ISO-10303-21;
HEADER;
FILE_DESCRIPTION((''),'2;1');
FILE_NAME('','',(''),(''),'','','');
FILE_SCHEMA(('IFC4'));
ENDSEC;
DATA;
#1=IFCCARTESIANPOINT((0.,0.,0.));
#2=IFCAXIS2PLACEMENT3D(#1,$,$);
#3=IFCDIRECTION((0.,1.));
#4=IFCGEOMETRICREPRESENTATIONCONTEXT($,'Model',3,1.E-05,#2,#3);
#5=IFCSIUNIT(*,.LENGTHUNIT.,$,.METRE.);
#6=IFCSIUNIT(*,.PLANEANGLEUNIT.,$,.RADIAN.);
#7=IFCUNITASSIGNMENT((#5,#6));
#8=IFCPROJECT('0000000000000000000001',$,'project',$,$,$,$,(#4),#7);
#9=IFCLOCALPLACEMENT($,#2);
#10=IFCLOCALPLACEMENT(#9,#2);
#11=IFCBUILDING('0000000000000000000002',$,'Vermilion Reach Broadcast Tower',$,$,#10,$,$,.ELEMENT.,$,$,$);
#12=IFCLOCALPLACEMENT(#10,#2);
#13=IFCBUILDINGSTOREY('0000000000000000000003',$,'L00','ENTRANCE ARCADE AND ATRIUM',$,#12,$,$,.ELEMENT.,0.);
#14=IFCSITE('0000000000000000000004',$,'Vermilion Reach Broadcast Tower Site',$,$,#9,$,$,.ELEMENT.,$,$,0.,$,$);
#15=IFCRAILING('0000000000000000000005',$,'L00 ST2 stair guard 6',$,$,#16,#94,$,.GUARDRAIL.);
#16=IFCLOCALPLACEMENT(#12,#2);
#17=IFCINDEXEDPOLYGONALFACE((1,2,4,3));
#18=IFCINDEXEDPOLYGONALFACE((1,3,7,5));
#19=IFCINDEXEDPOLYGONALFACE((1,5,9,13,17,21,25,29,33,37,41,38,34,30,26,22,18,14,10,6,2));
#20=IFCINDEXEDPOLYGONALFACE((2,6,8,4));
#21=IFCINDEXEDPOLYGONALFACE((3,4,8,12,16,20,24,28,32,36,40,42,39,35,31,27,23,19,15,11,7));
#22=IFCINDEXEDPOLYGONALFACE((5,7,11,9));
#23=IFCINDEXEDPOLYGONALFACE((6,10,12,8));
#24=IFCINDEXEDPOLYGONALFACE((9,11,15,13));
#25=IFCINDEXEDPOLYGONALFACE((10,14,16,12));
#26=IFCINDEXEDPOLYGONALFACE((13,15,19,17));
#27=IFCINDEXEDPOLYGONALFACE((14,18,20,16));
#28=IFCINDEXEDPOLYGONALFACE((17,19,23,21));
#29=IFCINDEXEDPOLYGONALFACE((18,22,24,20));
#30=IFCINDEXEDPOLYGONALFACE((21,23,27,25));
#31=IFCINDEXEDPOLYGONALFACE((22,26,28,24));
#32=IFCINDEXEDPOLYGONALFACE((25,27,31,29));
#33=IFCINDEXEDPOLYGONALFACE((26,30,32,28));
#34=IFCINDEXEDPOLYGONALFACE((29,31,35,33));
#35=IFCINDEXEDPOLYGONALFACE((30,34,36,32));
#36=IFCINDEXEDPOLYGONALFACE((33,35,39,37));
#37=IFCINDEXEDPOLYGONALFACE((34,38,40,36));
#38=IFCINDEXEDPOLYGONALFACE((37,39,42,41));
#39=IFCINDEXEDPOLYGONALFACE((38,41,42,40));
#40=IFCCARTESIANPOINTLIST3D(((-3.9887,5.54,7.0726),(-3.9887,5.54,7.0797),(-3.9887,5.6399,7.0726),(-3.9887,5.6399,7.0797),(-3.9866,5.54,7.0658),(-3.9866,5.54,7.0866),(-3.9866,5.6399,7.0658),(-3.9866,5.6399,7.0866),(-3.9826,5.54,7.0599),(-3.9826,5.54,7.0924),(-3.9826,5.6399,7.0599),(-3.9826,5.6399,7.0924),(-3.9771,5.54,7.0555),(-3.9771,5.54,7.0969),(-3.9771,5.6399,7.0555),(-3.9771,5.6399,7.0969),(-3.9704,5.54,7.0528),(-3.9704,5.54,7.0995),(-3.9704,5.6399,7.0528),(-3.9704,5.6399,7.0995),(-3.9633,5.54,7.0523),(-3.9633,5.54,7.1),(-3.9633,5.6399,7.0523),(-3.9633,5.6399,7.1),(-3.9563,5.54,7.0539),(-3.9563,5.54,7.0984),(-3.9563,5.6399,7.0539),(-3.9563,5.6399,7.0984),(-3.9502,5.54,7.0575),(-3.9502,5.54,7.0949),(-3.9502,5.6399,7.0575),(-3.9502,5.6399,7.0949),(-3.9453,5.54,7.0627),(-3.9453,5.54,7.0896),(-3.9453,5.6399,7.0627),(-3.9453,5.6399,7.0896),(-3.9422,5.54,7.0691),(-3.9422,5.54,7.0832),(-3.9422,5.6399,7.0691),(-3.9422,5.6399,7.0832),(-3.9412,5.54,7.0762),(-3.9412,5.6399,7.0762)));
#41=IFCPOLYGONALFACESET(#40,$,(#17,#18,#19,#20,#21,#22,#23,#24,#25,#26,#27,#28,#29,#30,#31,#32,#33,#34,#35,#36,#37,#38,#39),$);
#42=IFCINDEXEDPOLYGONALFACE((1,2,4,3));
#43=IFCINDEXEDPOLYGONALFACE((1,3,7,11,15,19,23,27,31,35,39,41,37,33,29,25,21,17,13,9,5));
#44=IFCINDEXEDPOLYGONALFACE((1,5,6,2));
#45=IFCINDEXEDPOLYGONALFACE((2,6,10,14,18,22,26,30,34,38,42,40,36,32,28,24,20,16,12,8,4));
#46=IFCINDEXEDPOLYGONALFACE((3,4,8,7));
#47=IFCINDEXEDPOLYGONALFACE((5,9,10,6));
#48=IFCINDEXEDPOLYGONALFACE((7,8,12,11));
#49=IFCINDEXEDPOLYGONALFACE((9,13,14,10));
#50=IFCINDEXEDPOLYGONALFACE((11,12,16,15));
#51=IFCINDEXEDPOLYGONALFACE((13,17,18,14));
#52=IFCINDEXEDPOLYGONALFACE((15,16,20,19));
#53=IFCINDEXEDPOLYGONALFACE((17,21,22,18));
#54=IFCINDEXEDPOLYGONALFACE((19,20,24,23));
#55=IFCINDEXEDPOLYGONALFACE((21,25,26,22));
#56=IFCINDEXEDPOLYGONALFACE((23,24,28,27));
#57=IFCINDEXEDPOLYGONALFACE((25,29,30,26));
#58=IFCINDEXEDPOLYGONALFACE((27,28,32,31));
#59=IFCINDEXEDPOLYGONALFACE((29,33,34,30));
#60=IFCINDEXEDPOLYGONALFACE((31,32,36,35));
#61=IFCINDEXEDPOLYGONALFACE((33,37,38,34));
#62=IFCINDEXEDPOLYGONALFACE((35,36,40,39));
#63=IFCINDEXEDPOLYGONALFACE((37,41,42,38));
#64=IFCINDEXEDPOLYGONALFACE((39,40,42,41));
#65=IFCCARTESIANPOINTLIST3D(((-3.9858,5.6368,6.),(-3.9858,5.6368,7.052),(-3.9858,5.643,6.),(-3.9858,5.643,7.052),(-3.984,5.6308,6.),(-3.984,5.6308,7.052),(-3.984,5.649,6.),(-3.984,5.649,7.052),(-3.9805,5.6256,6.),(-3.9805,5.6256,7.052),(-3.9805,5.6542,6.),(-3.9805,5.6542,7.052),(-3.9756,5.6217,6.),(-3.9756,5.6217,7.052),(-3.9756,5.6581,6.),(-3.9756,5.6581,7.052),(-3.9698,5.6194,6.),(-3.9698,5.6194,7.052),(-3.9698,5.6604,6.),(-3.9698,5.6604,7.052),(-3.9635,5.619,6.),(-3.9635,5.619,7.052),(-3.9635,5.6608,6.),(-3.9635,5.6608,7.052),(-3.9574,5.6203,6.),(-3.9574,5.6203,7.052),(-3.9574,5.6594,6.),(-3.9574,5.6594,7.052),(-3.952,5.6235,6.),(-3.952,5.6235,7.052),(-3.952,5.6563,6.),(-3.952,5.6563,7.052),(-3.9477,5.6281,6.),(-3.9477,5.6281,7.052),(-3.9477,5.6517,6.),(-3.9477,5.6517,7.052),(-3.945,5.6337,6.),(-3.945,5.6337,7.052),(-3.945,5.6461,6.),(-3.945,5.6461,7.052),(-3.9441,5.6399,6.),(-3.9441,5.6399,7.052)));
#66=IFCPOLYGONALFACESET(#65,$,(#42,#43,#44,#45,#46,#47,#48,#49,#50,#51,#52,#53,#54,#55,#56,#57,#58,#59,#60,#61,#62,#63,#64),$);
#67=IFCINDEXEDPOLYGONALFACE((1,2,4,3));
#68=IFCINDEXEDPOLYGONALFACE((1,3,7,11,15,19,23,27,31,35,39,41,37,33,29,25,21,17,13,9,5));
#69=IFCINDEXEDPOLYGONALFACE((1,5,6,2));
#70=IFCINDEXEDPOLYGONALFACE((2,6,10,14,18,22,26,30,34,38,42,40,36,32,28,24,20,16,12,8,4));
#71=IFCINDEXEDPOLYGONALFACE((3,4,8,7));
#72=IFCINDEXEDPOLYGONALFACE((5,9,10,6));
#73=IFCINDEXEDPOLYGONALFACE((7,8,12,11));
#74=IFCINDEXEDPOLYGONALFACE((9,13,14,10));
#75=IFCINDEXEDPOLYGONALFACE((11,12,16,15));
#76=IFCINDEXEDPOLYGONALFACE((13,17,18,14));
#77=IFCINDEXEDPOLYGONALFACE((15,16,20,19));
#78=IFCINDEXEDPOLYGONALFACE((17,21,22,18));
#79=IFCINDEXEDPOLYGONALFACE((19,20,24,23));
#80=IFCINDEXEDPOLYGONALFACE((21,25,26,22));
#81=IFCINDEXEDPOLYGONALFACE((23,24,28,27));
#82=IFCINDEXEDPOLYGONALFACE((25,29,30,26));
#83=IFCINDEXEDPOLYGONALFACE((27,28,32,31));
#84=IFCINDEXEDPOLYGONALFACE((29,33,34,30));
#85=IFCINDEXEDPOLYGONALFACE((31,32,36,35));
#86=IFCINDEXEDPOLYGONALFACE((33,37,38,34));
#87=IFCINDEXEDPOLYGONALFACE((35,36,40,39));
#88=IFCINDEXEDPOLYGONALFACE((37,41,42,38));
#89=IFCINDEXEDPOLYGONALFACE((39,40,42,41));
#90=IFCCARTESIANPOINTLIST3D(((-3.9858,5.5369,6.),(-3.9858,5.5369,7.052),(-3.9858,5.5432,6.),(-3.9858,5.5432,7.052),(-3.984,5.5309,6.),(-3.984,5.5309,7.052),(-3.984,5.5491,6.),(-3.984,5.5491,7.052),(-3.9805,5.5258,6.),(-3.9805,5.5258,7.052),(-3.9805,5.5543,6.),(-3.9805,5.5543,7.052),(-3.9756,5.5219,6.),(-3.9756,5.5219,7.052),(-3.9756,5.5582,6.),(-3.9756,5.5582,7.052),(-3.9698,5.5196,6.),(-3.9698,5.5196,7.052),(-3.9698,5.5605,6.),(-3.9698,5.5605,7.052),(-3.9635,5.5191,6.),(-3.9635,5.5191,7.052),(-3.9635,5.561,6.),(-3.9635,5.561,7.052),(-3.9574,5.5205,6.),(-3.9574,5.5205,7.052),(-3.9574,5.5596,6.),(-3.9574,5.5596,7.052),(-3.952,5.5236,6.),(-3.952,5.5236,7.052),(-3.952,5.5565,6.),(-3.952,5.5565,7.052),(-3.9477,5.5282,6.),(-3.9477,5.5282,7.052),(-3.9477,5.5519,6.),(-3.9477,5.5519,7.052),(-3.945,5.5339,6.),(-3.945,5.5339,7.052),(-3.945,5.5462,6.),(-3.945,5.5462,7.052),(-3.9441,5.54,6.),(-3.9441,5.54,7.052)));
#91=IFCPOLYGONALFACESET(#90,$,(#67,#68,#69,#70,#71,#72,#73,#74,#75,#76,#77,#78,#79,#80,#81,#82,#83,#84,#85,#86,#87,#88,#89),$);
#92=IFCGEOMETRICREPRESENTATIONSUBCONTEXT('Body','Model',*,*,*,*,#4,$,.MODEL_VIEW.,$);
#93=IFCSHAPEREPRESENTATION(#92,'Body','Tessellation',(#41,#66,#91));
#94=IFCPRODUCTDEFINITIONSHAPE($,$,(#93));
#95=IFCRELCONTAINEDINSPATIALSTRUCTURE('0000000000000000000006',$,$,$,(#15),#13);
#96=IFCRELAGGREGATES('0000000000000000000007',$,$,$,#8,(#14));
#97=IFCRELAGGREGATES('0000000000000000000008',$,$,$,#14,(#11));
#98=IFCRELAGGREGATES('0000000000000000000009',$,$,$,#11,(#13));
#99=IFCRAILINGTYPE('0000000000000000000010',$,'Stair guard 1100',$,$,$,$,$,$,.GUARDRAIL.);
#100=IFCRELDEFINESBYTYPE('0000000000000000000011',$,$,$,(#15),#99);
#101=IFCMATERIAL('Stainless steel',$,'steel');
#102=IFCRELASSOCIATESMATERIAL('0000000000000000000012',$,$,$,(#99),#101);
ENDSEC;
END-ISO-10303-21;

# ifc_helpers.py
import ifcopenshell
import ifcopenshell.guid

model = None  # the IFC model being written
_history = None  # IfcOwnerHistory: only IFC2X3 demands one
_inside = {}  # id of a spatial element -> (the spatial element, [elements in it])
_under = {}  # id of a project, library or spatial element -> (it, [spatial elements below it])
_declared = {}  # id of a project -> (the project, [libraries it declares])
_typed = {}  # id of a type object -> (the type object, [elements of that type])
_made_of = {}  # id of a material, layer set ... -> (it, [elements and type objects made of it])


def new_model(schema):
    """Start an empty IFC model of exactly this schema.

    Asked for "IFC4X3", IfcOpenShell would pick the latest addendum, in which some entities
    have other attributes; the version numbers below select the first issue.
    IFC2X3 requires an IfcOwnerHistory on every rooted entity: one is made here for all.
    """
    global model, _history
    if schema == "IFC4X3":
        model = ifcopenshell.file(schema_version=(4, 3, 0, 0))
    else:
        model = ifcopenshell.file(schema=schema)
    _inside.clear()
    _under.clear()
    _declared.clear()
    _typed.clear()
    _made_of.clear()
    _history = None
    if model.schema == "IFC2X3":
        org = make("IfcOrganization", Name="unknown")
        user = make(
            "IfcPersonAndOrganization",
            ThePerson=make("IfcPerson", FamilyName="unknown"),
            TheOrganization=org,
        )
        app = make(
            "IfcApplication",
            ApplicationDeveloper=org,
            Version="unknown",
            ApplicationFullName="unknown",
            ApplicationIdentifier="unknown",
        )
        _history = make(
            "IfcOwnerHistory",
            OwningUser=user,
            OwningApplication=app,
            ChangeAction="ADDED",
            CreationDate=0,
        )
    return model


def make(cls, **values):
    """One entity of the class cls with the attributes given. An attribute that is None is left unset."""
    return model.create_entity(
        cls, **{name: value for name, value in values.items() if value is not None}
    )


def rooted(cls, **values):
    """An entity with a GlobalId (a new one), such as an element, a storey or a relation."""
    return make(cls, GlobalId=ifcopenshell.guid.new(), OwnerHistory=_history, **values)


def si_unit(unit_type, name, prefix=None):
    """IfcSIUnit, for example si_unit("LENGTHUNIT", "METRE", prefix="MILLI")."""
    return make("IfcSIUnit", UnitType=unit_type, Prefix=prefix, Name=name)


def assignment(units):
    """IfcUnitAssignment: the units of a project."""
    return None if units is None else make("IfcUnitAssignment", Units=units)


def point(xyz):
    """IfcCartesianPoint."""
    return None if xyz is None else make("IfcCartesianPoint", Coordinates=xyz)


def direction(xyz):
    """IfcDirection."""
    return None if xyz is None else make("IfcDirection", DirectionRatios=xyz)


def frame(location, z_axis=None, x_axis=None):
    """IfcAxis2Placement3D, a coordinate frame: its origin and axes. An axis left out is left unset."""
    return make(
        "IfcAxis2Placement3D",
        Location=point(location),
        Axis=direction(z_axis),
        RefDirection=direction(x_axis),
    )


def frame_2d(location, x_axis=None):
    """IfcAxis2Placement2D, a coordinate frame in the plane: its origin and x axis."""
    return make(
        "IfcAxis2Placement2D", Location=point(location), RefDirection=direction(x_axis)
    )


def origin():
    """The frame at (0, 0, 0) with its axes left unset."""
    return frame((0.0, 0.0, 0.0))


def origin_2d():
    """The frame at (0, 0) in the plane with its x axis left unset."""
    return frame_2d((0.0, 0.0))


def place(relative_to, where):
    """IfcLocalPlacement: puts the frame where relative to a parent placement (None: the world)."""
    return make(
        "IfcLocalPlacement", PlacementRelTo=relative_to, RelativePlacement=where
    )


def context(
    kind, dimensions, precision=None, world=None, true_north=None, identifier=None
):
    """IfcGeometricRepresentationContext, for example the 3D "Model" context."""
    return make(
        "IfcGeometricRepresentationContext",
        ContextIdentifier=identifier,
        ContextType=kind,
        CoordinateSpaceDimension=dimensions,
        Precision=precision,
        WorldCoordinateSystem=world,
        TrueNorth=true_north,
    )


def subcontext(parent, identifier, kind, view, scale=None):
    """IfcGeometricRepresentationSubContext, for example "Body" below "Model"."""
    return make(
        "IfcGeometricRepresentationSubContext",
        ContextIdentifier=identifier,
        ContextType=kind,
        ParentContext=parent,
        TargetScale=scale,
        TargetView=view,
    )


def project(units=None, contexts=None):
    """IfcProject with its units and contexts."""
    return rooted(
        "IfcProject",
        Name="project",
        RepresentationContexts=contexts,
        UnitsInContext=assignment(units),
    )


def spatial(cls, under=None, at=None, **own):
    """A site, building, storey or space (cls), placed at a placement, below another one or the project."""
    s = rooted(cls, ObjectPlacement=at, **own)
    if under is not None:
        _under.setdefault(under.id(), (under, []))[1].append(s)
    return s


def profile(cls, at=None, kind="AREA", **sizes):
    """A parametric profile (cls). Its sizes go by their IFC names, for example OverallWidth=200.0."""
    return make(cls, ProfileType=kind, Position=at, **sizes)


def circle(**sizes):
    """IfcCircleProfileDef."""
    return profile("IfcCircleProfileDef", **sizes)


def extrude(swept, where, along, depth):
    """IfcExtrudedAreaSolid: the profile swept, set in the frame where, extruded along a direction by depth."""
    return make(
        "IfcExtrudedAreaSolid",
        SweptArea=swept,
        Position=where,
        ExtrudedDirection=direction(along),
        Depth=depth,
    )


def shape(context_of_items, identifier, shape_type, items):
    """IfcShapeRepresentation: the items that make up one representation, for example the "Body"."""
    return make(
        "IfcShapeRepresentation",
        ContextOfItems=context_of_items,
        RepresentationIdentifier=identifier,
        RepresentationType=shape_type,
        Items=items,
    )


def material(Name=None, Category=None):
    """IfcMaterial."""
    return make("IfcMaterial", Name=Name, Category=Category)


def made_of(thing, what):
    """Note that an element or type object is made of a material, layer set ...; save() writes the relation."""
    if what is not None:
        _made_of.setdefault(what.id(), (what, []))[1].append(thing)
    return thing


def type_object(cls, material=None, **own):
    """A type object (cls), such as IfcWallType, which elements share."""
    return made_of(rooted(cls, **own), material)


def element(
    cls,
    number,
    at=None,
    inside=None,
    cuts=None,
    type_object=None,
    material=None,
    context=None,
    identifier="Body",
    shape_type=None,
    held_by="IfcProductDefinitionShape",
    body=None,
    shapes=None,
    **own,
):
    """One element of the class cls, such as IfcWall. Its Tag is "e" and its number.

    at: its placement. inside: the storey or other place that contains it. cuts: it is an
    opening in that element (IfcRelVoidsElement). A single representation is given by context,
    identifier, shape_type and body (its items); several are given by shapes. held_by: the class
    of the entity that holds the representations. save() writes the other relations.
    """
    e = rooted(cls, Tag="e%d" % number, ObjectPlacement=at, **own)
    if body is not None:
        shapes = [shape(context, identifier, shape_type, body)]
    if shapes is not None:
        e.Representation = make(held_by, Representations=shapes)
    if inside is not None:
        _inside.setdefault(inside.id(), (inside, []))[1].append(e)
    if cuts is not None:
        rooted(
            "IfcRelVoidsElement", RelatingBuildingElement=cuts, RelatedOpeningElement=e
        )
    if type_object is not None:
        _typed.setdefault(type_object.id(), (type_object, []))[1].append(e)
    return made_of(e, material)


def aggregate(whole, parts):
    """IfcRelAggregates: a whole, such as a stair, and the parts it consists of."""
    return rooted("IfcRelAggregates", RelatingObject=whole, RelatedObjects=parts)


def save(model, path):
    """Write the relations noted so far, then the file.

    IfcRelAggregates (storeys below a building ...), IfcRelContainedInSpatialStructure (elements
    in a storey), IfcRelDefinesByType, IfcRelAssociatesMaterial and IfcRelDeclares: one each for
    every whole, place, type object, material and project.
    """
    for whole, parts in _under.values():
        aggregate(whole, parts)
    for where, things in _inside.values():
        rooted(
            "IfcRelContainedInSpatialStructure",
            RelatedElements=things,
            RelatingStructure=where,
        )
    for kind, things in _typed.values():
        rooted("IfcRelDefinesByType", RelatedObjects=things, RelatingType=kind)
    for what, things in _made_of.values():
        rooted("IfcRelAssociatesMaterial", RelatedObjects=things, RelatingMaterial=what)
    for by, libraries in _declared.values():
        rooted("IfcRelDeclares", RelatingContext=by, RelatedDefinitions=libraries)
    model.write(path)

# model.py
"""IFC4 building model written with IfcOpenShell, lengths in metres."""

from ifc_helpers import new_model, si_unit, direction, frame, origin, origin_2d, place, context, subcontext, project, spatial, circle, extrude, material, type_object, element, save


model = new_model("IFC4")

# Units and contexts
model_context = context("Model", 3, precision=1e-05, world=origin(), true_north=direction((0.0, 1.0)))
body_context = subcontext(model_context, "Body", "Model", "MODEL_VIEW")
ifc_project = project(units=[si_unit("LENGTHUNIT", "METRE"), si_unit("PLANEANGLEUNIT", "RADIAN")], contexts=[model_context])

# Site, building, storey
site_placement = place(None, origin())
site = spatial("IfcSite", under=ifc_project, at=site_placement, Name="Vermilion Reach Broadcast Tower Site", CompositionType="ELEMENT", RefElevation=0.0)
building_placement = place(site_placement, origin())
building = spatial("IfcBuilding", under=site, at=building_placement, Name="Vermilion Reach Broadcast Tower", CompositionType="ELEMENT")
storey_placement = place(building_placement, origin())
storey = spatial("IfcBuildingStorey", under=building, at=storey_placement, Name="L00", Description="ENTRANCE ARCADE AND ATRIUM", CompositionType="ELEMENT", Elevation=0.0)

# Railing
ifc_material_1 = material(Name="Stainless steel", Category="steel")
railing_type_1 = type_object("IfcRailingType", Name="Stair guard 1100", PredefinedType="GUARDRAIL", material=ifc_material_1)
railing_1_placement = place(storey_placement, frame((-3.9651, 5.6399, 6.0)))
element("IfcRailing", 1, at=railing_1_placement, inside=storey, type_object=railing_type_1, Name="L00 ST2 stair guard 6", PredefinedType="GUARDRAIL", context=body_context, shape_type="SweptSolid", body=[
    extrude(circle(Radius=0.0239, at=origin_2d()), frame((0.0, 0.0, 1.0762), z_axis=(0.0, -1.0, 0.0), x_axis=(1.0, 0.0, 0.0)), (0.0, 0.0, 1.0), 0.0999),
    extrude(circle(Radius=0.021, at=origin_2d()), origin(), (0.0, 0.0, 1.0), 1.052),
    extrude(circle(Radius=0.021, at=origin_2d()), frame((0.0, -0.0999, 0.0)), (0.0, 0.0, 1.0), 1.052),
])

save(model, "model.ifc")
